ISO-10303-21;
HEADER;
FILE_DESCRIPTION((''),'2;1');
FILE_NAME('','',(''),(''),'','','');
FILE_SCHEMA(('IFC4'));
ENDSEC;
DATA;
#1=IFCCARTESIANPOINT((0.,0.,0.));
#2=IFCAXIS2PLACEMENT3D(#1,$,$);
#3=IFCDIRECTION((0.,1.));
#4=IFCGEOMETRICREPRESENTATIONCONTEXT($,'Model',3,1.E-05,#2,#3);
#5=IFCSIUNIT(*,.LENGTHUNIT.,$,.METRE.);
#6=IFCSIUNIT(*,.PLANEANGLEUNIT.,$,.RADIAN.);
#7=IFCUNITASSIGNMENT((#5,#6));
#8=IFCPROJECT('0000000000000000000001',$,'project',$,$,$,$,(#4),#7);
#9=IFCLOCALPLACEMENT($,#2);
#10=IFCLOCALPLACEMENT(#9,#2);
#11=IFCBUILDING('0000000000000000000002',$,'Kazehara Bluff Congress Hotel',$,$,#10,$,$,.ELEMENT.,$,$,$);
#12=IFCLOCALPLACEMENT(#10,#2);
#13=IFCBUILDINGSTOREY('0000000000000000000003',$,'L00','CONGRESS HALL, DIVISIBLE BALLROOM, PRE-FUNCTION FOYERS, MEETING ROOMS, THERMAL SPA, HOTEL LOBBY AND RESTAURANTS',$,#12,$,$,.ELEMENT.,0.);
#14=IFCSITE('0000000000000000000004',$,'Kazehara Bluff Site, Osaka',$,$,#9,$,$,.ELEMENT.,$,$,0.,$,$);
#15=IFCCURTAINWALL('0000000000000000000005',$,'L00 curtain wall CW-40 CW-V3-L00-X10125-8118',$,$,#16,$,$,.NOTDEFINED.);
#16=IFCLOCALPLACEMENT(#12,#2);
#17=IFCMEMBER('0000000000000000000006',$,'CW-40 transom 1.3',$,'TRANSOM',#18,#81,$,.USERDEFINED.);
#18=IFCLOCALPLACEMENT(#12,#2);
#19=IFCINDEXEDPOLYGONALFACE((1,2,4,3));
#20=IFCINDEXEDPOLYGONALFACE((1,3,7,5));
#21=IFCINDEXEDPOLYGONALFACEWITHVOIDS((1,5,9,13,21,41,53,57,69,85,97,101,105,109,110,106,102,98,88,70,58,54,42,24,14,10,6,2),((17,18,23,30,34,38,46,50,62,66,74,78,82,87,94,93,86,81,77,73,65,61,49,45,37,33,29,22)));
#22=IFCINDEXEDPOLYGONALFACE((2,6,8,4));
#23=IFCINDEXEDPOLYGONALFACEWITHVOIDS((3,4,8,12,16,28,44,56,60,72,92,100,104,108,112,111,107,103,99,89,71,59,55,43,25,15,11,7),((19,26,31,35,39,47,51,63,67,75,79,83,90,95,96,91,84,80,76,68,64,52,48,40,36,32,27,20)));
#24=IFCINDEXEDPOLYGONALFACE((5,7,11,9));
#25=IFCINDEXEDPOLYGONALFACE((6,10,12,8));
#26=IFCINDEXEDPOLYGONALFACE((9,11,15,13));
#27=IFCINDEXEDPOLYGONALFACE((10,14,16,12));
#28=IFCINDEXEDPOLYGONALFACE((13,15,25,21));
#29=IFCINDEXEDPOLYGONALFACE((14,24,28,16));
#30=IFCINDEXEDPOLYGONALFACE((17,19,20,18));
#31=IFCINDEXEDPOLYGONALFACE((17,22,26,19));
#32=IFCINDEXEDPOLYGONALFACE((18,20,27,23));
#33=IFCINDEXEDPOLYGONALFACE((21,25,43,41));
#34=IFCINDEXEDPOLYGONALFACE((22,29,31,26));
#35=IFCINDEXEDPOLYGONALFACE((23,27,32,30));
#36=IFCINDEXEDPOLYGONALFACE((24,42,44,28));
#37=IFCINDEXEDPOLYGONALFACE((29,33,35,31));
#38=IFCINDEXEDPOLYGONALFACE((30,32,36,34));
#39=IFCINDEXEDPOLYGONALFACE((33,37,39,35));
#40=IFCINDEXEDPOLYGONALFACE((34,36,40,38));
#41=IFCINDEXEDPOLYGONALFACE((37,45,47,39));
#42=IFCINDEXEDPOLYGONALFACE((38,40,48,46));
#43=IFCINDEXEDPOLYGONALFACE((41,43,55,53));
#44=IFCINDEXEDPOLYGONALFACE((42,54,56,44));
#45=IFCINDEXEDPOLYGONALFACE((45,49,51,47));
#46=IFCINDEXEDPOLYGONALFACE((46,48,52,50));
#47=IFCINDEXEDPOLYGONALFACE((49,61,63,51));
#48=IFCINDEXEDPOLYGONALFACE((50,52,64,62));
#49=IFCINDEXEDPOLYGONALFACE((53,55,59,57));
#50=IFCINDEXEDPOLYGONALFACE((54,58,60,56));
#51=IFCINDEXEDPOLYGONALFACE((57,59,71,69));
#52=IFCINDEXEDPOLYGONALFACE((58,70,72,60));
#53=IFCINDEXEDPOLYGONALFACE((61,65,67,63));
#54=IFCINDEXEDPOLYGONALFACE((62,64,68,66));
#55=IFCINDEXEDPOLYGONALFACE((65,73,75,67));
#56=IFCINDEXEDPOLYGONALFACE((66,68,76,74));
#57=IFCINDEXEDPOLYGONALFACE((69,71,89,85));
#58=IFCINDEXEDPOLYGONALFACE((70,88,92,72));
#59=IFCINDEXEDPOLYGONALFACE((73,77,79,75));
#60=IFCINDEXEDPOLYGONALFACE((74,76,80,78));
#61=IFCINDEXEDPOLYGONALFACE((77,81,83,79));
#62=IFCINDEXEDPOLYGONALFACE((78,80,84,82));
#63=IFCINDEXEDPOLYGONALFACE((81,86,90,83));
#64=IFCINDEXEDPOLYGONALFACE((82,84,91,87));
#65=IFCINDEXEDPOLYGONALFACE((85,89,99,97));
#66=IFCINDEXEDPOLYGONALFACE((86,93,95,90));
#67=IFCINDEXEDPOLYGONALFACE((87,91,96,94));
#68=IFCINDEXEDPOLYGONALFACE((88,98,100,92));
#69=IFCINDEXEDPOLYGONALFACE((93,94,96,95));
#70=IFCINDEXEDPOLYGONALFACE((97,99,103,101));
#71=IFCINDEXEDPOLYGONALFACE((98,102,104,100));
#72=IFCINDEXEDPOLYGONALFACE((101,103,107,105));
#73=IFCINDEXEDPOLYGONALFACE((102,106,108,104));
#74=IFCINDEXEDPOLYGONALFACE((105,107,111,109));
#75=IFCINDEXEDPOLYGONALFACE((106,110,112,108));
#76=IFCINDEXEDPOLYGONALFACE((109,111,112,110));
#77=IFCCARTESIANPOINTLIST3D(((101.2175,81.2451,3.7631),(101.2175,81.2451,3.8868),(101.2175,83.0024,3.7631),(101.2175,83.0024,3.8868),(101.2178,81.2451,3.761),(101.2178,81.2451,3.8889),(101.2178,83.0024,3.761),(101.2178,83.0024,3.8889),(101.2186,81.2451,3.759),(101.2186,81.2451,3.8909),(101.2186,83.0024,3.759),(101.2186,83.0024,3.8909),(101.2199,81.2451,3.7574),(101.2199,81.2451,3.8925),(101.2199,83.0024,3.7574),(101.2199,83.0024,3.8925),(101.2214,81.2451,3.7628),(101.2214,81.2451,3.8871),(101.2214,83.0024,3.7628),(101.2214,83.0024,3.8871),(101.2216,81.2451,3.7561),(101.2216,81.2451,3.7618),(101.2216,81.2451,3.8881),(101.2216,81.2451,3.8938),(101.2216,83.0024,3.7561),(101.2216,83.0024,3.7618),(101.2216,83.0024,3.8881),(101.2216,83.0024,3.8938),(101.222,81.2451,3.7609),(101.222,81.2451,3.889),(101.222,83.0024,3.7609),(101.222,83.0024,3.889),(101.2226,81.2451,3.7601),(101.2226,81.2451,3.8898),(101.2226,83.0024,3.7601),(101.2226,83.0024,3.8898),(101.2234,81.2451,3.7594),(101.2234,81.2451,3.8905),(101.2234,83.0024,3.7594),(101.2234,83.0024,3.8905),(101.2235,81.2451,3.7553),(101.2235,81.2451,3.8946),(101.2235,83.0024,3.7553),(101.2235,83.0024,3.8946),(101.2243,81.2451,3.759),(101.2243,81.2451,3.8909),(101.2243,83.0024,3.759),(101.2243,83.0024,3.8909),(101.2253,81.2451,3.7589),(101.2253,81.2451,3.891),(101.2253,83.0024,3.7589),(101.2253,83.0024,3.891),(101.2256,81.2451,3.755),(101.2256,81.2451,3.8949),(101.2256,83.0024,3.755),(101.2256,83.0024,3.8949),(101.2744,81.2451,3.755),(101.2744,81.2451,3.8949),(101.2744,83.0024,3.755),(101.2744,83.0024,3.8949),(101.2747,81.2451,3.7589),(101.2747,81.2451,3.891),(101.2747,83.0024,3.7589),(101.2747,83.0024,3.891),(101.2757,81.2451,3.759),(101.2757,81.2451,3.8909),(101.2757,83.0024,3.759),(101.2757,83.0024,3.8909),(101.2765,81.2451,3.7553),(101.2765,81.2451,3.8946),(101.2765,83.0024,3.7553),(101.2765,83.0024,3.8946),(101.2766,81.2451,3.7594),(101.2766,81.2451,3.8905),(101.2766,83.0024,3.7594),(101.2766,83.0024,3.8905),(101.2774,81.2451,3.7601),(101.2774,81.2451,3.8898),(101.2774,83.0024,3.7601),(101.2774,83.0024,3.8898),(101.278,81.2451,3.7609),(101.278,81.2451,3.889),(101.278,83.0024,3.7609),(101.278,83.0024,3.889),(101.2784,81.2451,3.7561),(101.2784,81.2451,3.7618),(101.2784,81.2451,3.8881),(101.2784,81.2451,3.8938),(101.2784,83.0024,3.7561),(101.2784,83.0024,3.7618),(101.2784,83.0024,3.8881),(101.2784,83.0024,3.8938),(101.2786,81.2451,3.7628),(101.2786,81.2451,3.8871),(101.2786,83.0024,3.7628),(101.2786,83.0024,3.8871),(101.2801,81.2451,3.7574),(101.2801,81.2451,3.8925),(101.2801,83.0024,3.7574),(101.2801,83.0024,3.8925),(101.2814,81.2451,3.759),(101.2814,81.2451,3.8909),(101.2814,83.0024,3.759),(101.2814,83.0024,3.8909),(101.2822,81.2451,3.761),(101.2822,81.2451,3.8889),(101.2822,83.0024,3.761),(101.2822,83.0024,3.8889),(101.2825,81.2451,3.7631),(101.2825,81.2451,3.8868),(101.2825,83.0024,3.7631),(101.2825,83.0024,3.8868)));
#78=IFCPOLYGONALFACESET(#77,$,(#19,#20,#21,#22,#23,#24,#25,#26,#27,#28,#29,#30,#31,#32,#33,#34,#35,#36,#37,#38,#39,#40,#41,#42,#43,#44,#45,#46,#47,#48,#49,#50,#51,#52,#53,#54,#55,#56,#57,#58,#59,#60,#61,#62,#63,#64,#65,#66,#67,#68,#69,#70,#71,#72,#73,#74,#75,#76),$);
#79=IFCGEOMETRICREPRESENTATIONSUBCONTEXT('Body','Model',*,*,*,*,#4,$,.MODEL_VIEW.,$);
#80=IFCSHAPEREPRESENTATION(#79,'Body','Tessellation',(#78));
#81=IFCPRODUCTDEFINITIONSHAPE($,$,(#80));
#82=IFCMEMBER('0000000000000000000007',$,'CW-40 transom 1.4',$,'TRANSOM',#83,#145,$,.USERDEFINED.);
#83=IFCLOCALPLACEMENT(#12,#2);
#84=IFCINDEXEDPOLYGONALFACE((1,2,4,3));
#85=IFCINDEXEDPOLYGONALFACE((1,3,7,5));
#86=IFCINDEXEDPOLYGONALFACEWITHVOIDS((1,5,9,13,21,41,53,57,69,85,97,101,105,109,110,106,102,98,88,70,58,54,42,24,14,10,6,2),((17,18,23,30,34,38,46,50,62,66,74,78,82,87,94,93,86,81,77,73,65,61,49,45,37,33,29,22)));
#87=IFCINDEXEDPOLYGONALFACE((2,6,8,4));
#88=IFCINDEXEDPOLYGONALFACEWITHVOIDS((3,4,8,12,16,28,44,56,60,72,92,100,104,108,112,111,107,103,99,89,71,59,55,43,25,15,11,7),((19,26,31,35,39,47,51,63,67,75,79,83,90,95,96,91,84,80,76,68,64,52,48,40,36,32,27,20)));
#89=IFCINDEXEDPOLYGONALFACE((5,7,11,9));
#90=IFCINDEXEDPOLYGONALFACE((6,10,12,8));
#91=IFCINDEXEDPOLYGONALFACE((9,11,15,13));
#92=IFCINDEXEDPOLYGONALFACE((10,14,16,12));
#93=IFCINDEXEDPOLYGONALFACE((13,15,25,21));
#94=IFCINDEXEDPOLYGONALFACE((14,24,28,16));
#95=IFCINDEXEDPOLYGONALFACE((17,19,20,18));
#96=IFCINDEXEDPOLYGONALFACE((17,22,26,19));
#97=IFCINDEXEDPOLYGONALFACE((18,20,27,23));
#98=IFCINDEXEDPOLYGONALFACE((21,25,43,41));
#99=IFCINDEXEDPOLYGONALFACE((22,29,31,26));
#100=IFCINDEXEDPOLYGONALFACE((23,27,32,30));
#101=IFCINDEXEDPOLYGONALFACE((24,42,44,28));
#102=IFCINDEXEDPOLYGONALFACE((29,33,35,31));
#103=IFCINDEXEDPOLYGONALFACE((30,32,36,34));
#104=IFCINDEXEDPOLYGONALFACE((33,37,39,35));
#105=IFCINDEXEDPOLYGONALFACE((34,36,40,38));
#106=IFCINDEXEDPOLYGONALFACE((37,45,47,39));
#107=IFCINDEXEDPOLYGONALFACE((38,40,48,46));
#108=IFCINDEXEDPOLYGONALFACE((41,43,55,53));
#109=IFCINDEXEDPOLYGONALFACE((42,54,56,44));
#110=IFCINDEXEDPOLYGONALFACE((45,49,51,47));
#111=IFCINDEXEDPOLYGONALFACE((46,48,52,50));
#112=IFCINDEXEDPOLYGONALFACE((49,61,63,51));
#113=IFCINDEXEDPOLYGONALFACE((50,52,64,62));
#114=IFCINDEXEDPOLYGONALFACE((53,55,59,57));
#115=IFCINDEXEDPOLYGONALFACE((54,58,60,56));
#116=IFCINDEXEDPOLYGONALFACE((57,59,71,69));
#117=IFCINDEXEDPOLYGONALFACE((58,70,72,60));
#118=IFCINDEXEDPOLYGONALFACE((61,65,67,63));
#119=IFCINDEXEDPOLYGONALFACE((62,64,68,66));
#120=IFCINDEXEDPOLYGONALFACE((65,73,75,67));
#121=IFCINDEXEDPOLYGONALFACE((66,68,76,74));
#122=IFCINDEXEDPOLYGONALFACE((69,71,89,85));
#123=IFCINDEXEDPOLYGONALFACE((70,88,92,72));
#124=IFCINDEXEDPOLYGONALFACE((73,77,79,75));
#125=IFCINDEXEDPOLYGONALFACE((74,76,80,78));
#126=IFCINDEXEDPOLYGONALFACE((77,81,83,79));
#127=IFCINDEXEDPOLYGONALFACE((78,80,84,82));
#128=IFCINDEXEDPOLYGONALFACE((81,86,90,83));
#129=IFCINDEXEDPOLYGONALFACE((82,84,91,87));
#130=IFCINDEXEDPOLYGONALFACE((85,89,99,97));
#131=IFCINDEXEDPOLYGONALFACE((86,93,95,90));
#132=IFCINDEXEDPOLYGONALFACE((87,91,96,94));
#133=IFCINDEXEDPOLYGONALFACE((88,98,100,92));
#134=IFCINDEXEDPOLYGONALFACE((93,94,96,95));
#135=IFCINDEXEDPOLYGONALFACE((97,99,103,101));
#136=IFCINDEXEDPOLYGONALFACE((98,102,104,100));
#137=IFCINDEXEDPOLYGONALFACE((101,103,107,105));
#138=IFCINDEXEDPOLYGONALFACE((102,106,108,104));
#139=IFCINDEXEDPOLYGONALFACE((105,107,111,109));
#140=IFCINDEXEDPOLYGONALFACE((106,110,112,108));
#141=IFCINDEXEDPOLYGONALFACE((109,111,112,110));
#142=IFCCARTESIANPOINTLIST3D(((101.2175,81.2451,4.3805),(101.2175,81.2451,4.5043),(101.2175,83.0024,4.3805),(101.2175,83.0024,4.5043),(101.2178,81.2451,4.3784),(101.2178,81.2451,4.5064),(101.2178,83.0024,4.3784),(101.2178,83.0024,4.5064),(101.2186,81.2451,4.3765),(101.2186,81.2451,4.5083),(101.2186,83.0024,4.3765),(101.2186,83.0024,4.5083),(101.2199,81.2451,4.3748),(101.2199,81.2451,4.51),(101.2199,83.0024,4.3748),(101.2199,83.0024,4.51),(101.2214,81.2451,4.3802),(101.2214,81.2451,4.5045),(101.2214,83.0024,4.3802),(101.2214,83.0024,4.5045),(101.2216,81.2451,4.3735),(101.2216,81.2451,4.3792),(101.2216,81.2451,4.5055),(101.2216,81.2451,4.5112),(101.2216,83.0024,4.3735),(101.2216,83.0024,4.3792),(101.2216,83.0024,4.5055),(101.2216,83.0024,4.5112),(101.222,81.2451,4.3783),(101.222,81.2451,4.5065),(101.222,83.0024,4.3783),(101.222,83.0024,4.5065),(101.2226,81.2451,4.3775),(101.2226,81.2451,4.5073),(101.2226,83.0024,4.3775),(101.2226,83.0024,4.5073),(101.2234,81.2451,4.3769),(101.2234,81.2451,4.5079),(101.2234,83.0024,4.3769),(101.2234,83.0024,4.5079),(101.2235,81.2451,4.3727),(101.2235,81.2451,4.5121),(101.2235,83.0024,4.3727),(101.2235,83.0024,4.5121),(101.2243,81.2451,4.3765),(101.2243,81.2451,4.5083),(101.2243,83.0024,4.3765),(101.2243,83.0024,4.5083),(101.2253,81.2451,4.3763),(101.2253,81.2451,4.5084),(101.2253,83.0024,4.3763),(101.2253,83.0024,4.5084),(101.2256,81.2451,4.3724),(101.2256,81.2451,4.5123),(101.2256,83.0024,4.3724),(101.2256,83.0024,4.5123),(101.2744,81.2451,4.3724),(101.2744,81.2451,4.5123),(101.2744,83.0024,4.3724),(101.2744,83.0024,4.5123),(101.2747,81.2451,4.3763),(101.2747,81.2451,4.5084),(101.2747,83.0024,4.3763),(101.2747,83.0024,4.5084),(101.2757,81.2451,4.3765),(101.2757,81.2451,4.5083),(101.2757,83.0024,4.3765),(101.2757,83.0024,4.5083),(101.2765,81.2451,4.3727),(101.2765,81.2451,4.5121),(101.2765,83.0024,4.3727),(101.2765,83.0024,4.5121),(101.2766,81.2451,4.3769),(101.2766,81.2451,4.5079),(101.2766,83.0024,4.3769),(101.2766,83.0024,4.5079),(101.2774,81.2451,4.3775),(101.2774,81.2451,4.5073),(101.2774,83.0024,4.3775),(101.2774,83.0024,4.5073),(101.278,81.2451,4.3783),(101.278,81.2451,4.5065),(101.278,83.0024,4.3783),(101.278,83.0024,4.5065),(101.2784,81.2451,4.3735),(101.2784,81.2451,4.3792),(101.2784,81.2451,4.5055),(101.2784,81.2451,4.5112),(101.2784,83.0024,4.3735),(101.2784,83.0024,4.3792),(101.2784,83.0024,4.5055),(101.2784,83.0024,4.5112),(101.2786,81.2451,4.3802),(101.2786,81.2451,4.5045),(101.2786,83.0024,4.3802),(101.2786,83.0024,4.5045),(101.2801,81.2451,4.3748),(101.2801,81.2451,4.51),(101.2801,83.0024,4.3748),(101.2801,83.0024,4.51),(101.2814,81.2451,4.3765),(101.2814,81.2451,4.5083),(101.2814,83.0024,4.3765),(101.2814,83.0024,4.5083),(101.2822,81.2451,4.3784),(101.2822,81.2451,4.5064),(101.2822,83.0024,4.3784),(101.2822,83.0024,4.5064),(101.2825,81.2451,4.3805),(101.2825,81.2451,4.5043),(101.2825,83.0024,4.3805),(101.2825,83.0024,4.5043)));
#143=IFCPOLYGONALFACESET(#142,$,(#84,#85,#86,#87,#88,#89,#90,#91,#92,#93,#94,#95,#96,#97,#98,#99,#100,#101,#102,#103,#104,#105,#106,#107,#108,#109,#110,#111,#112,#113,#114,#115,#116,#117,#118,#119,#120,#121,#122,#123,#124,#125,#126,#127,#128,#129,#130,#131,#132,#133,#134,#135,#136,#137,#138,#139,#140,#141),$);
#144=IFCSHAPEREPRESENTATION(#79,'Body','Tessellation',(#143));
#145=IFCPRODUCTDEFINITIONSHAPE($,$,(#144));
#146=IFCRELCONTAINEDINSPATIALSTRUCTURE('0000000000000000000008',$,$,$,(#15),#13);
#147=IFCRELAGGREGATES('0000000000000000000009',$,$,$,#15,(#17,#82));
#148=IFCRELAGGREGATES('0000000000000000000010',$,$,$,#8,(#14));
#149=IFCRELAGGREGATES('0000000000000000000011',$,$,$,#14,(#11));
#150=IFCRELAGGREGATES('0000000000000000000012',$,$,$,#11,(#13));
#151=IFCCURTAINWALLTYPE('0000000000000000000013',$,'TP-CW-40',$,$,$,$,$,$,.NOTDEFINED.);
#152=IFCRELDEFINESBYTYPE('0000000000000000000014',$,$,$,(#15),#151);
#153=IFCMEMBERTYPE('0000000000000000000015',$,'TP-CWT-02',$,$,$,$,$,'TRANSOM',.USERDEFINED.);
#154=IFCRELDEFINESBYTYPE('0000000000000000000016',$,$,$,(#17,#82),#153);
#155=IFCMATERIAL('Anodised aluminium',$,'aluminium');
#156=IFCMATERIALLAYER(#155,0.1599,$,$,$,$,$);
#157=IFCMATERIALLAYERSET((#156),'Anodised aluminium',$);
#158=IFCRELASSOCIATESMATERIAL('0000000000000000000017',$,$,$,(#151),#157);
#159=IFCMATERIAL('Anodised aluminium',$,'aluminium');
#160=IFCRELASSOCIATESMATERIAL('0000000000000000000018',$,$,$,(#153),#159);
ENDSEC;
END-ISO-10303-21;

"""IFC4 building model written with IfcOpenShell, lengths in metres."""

from ifc_helpers import new_model, si_unit, direction, frame, origin, origin_2d, place, context, subcontext, project, spatial, hollow_rectangle, extrude, material, layer, layer_set, material_profile, profile_set, type_object, element, aggregate, save


model = new_model("IFC4")

# Units and contexts
model_context = context("Model", 3, precision=1e-05, world=origin(), true_north=direction((0.0, 1.0)))
body_context = subcontext(model_context, "Body", "Model", "MODEL_VIEW")
ifc_project = project(units=[si_unit("LENGTHUNIT", "METRE"), si_unit("PLANEANGLEUNIT", "RADIAN")], contexts=[model_context])

# Site, building, storey
site_placement = place(None, origin())
site = spatial("IfcSite", under=ifc_project, at=site_placement, Name="Kazehara Bluff Site, Osaka", CompositionType="ELEMENT", RefElevation=0.0)
building_placement = place(site_placement, origin())
building = spatial("IfcBuilding", under=site, at=building_placement, Name="Kazehara Bluff Congress Hotel", CompositionType="ELEMENT")
storey_placement = place(building_placement, origin())
storey = spatial("IfcBuildingStorey", under=building, at=storey_placement, Name="L00", Description="CONGRESS HALL, DIVISIBLE BALLROOM, PRE-FUNCTION FOYERS, MEETING ROOMS, THERMAL SPA, HOTEL LOBBY AND RESTAURANTS", CompositionType="ELEMENT", Elevation=0.0)

# Curtain wall
ifc_material_1 = material(Name="Anodised aluminium", Category="aluminium")
ifc_layer_1 = layer(ifc_material_1, 0.1599)
ifc_layer_set_1 = layer_set([ifc_layer_1], Name="Anodised aluminium")
curtain_wall_type_1 = type_object("IfcCurtainWallType", Name="TP-CW-40", PredefinedType="NOTDEFINED", material=ifc_layer_set_1)
curtain_wall_1_placement = place(storey_placement, origin())
curtain_wall_1 = element("IfcCurtainWall", 1, at=curtain_wall_1_placement, inside=storey, type_object=curtain_wall_type_1, Name="L00 curtain wall CW-40 CW-V3-L00-X10125-8118", PredefinedType="NOTDEFINED")

# Members
ifc_material_2 = material(Name="Anodised aluminium", Category="aluminium")
ifc_material_profile_1 = material_profile(ifc_material_2, hollow_rectangle(XDim=0.0649, YDim=0.1399, WallThickness=0.0039, InnerFilletRadius=0.0039, OuterFilletRadius=0.0081, at=origin_2d()))
ifc_profile_set_1 = profile_set([ifc_material_profile_1], Name="Anodised aluminium")
member_type_1 = type_object("IfcMemberType", Name="TP-CWT-02", ElementType="TRANSOM", PredefinedType="USERDEFINED", material=ifc_profile_set_1)
member_1_placement = place(storey_placement, frame((101.25, 81.2451, 3.825), z_axis=(0.0, 1.0, 0.0), x_axis=(-1.0, 0.0, 0.0)))
member_1 = element("IfcMember", 2, at=member_1_placement, type_object=member_type_1, Name="CW-40 transom 1.3", ObjectType="TRANSOM", PredefinedType="USERDEFINED", context=body_context, shape_type="SweptSolid", body=[
    extrude(hollow_rectangle(XDim=0.0649, YDim=0.1399, WallThickness=0.0039, InnerFilletRadius=0.0039, OuterFilletRadius=0.0081, at=origin_2d()), origin(), (0.0, 0.0, 1.0), 1.7573),
])
member_2_placement = place(storey_placement, frame((101.25, 81.2451, 4.4424), z_axis=(0.0, 1.0, 0.0), x_axis=(-1.0, 0.0, 0.0)))
member_2 = element("IfcMember", 3, at=member_2_placement, type_object=member_type_1, Name="CW-40 transom 1.4", ObjectType="TRANSOM", PredefinedType="USERDEFINED", context=body_context, shape_type="SweptSolid", body=[
    extrude(hollow_rectangle(XDim=0.0649, YDim=0.1399, WallThickness=0.0039, InnerFilletRadius=0.0039, OuterFilletRadius=0.0081, at=origin_2d()), origin(), (0.0, 0.0, 1.0), 1.7573),
])

aggregate(curtain_wall_1, [member_1, member_2])

save(model, "model.ifc")
